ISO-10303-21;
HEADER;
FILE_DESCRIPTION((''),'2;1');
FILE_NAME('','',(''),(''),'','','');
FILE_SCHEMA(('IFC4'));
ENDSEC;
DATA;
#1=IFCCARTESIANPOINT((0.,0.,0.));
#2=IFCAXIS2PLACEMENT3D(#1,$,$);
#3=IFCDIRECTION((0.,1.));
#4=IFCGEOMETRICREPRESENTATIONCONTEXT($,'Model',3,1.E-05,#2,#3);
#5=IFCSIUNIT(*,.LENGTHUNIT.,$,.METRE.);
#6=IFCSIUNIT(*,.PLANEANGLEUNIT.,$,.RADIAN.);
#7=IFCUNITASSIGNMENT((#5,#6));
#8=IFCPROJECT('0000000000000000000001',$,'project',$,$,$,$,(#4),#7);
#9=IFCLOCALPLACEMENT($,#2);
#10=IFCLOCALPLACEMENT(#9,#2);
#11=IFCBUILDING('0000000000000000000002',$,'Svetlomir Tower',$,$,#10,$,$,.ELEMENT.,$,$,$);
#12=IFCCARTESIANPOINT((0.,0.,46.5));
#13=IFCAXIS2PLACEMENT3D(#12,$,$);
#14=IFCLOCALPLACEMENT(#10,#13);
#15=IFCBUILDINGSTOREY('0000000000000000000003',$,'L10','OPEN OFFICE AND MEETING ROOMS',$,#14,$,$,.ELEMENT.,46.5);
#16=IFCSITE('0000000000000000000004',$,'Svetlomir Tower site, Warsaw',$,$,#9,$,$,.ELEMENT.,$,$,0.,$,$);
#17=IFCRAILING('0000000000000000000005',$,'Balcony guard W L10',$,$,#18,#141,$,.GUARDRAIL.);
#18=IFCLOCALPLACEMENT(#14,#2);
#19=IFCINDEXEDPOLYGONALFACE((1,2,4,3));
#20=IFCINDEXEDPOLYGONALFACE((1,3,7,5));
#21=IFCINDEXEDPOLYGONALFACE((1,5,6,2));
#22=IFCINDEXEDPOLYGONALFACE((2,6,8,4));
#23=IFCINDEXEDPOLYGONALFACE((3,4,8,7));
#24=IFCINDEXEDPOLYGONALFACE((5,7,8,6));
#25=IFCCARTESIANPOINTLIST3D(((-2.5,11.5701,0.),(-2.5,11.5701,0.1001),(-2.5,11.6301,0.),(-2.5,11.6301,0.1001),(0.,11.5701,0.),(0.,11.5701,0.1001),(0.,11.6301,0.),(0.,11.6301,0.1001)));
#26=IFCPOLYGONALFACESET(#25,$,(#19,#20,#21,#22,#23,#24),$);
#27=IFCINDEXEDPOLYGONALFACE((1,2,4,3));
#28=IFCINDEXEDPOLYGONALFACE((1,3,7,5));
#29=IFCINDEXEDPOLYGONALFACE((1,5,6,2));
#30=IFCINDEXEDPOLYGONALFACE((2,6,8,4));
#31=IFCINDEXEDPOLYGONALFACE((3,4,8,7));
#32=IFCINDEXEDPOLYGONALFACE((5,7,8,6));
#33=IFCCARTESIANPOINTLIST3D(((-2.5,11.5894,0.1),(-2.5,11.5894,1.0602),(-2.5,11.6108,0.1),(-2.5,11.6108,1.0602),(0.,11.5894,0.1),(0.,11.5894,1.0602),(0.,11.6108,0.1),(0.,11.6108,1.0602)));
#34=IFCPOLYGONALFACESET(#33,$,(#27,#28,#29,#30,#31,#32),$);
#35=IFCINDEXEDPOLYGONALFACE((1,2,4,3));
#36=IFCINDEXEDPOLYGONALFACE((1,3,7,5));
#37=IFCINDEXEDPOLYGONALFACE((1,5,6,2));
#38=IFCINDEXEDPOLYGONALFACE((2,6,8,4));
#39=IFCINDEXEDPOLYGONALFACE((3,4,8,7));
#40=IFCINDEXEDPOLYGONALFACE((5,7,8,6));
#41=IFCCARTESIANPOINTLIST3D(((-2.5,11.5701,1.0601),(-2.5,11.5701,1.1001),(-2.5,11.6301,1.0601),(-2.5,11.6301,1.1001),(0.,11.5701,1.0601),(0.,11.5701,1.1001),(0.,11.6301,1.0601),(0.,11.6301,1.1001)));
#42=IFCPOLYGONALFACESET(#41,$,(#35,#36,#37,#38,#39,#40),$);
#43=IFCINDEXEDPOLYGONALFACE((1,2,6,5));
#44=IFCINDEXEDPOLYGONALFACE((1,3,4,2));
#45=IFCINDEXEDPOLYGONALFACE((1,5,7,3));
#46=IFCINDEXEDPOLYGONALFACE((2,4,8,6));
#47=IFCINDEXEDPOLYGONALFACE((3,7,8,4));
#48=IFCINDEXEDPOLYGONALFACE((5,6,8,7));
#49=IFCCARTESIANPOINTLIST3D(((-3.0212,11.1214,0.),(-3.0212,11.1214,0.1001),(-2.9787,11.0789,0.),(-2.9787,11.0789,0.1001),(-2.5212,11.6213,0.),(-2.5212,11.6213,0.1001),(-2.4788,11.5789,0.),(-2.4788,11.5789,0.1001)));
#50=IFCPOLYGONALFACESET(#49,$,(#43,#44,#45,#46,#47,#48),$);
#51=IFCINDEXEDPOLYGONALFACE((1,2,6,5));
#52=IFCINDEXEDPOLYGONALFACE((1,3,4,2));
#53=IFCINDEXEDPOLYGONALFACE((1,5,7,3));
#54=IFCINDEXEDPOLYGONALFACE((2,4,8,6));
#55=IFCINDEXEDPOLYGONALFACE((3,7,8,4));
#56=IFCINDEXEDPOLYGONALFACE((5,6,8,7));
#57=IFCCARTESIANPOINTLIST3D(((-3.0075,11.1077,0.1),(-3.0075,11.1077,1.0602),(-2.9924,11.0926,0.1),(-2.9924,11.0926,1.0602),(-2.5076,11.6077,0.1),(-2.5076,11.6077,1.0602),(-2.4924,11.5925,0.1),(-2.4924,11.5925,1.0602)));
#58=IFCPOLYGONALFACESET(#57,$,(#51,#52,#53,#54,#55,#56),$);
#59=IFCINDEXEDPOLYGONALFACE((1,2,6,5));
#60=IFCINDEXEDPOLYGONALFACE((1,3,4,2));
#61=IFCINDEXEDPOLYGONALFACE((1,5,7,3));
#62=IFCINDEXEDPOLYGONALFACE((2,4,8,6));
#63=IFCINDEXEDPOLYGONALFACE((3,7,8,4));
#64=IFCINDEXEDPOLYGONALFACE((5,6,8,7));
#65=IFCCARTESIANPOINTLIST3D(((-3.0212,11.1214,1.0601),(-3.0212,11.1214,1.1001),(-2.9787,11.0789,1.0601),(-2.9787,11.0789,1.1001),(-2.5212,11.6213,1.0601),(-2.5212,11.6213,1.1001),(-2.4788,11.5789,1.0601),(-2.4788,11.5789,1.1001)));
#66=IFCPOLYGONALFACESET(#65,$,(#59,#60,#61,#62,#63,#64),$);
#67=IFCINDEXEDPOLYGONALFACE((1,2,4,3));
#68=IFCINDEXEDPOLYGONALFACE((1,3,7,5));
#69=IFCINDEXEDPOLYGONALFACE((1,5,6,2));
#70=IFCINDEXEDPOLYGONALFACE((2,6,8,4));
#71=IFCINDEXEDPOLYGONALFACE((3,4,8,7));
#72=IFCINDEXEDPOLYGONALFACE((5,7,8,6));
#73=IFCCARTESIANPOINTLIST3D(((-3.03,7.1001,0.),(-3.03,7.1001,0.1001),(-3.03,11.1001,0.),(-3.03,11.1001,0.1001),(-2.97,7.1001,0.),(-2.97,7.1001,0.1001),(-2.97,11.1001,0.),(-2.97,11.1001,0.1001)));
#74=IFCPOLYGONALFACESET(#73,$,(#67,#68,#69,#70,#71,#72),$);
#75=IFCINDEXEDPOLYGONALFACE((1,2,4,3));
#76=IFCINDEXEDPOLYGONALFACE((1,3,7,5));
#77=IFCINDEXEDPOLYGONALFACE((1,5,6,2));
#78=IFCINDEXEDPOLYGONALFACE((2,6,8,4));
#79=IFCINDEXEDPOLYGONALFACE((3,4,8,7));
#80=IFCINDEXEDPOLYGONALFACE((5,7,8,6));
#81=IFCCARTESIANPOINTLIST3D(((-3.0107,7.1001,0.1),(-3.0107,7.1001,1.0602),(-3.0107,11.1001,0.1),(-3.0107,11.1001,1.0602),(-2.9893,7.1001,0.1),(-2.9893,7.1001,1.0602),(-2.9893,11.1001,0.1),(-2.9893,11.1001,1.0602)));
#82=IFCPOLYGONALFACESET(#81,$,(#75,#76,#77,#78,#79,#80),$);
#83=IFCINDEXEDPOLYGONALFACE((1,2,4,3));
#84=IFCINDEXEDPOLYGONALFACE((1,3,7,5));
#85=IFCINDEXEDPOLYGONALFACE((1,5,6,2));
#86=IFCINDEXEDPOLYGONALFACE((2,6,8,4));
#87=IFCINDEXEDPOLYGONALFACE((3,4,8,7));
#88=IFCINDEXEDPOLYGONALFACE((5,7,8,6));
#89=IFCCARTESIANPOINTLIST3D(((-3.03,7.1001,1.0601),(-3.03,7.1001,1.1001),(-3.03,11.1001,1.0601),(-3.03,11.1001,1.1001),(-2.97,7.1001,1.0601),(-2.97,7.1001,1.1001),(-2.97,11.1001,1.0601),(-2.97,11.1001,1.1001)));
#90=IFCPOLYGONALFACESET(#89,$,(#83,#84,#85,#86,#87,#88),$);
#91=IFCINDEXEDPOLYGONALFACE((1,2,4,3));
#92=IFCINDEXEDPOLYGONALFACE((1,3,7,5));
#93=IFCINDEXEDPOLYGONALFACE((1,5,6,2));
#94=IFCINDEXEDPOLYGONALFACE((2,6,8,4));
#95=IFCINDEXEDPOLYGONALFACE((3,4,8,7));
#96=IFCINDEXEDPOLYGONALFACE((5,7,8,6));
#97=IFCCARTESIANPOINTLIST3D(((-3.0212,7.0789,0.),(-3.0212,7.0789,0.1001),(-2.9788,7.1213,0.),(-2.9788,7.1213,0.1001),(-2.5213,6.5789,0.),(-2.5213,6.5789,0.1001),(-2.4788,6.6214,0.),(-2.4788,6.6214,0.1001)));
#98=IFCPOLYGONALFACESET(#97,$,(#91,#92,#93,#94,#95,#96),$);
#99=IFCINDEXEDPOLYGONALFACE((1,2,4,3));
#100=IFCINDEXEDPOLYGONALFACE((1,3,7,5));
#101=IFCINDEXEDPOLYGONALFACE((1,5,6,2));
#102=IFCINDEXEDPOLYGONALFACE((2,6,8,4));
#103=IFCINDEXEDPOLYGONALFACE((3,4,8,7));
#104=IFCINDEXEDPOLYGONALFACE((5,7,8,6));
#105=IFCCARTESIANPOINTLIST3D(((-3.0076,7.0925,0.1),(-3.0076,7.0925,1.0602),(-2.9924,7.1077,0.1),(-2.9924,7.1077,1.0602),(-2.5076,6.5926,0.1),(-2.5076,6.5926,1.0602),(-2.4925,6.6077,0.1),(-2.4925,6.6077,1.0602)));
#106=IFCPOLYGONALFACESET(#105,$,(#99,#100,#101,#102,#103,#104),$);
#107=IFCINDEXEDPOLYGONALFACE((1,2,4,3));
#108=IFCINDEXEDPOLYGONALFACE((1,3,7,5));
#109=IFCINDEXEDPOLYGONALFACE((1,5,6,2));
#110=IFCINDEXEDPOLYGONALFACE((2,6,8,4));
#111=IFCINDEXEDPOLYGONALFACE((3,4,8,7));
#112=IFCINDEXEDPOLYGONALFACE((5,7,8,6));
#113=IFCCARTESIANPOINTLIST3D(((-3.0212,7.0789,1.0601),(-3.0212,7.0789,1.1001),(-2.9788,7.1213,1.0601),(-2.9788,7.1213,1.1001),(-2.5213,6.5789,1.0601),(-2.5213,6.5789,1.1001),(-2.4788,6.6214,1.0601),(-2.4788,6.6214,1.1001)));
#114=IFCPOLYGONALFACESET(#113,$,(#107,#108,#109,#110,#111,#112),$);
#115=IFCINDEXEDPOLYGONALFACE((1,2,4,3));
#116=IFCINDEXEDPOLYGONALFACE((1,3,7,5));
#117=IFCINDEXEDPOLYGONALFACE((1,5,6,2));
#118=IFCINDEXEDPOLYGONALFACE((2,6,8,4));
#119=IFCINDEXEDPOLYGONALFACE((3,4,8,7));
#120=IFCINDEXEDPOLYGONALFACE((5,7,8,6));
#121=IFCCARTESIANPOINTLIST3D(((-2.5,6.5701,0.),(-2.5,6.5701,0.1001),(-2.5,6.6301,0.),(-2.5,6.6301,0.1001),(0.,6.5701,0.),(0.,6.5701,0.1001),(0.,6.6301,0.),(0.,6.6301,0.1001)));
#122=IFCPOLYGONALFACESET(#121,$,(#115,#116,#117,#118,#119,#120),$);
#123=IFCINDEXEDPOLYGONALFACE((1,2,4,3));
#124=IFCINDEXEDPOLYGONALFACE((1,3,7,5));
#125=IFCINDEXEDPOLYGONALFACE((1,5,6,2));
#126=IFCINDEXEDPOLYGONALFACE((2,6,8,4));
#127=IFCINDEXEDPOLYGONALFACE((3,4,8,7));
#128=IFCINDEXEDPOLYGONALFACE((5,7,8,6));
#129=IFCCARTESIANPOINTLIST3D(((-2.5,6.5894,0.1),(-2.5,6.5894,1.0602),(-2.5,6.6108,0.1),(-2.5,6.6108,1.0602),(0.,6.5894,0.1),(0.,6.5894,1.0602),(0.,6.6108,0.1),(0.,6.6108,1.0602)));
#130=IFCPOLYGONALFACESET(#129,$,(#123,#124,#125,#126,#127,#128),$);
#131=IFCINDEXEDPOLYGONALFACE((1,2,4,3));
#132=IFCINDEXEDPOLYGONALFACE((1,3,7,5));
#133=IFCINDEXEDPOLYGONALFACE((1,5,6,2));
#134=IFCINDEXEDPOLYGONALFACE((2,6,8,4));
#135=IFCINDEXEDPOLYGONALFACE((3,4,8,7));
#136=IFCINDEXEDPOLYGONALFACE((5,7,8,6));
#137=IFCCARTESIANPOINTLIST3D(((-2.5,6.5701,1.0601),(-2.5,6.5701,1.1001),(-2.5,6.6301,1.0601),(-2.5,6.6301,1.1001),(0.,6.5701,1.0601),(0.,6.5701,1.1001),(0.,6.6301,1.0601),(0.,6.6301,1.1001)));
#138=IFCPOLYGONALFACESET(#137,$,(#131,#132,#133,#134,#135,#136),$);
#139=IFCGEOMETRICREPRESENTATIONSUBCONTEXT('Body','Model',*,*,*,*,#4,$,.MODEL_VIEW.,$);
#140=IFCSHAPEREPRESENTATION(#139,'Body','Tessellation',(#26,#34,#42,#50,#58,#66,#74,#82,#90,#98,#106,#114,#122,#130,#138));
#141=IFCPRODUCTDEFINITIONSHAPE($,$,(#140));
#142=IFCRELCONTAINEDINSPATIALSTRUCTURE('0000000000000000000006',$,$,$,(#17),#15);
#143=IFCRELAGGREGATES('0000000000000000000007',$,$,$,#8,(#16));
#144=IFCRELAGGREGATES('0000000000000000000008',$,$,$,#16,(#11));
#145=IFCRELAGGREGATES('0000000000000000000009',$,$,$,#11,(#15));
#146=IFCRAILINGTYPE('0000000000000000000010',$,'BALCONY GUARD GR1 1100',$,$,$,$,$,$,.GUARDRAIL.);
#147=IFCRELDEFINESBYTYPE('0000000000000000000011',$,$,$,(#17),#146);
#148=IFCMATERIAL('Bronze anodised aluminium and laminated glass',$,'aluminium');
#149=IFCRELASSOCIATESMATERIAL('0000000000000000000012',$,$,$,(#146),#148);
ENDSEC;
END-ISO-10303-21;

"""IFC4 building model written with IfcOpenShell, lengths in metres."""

from ifc_helpers import new_model, si_unit, direction, frame, origin, origin_2d, place, context, subcontext, project, spatial, rectangle, extrude, material, type_object, element, save


model = new_model("IFC4")

# Units and contexts
model_context = context("Model", 3, precision=1e-05, world=origin(), true_north=direction((0.0, 1.0)))
body_context = subcontext(model_context, "Body", "Model", "MODEL_VIEW")
ifc_project = project(units=[si_unit("LENGTHUNIT", "METRE"), si_unit("PLANEANGLEUNIT", "RADIAN")], contexts=[model_context])

# Site, building, storey
site_placement = place(None, origin())
site = spatial("IfcSite", under=ifc_project, at=site_placement, Name="Svetlomir Tower site, Warsaw", CompositionType="ELEMENT", RefElevation=0.0)
building_placement = place(site_placement, origin())
building = spatial("IfcBuilding", under=site, at=building_placement, Name="Svetlomir Tower", CompositionType="ELEMENT")
storey_placement = place(building_placement, frame((0.0, 0.0, 46.5)))
storey = spatial("IfcBuildingStorey", under=building, at=storey_placement, Name="L10", Description="OPEN OFFICE AND MEETING ROOMS", CompositionType="ELEMENT", Elevation=46.5)

# Railing
ifc_material_1 = material(Name="Bronze anodised aluminium and laminated glass", Category="aluminium")
railing_type_1 = type_object("IfcRailingType", Name="BALCONY GUARD GR1 1100", PredefinedType="GUARDRAIL", material=ifc_material_1)
railing_1_placement = place(storey_placement, frame((0.0, 11.6001, 0.0)))
element("IfcRailing", 1, at=railing_1_placement, inside=storey, type_object=railing_type_1, Name="Balcony guard W L10", PredefinedType="GUARDRAIL", context=body_context, shape_type="SweptSolid", body=[
    extrude(rectangle(XDim=0.0601, YDim=0.1001, at=origin_2d()), frame((0.0, 0.0, 0.05), z_axis=(-1.0, 0.0, 0.0), x_axis=(0.0, -1.0, 0.0)), (0.0, 0.0, 1.0), 2.5),
    extrude(rectangle(XDim=0.0215, YDim=0.9602, at=origin_2d()), frame((0.0, 0.0, 0.5801), z_axis=(-1.0, 0.0, 0.0), x_axis=(0.0, -1.0, 0.0)), (0.0, 0.0, 1.0), 2.5),
    extrude(rectangle(XDim=0.0601, YDim=0.04, at=origin_2d()), frame((0.0, 0.0, 1.0801), z_axis=(-1.0, 0.0, 0.0), x_axis=(0.0, -1.0, 0.0)), (0.0, 0.0, 1.0), 2.5),
    extrude(rectangle(XDim=0.0601, YDim=0.1001, at=origin_2d()), frame((-2.5, 0.0, 0.05), z_axis=(-0.707107, -0.707107, 0.0), x_axis=(0.707107, -0.707107, 0.0)), (0.0, 0.0, 1.0), 0.707),
    extrude(rectangle(XDim=0.0215, YDim=0.9602, at=origin_2d()), frame((-2.5, 0.0, 0.5801), z_axis=(-0.707107, -0.707107, 0.0), x_axis=(0.707107, -0.707107, 0.0)), (0.0, 0.0, 1.0), 0.707),
    extrude(rectangle(XDim=0.0601, YDim=0.04, at=origin_2d()), frame((-2.5, 0.0, 1.0801), z_axis=(-0.707107, -0.707107, 0.0), x_axis=(0.707107, -0.707107, 0.0)), (0.0, 0.0, 1.0), 0.707),
    extrude(rectangle(XDim=0.0601, YDim=0.1001, at=origin_2d()), frame((-3.0, -0.5, 0.05), z_axis=(0.0, -1.0, 0.0), x_axis=(1.0, 0.0, 0.0)), (0.0, 0.0, 1.0), 4.0),
    extrude(rectangle(XDim=0.0215, YDim=0.9602, at=origin_2d()), frame((-3.0, -0.5, 0.5801), z_axis=(0.0, -1.0, 0.0), x_axis=(1.0, 0.0, 0.0)), (0.0, 0.0, 1.0), 4.0),
    extrude(rectangle(XDim=0.0601, YDim=0.04, at=origin_2d()), frame((-3.0, -0.5, 1.0801), z_axis=(0.0, -1.0, 0.0), x_axis=(1.0, 0.0, 0.0)), (0.0, 0.0, 1.0), 4.0),
    extrude(rectangle(XDim=0.0601, YDim=0.1001, at=origin_2d()), frame((-3.0, -4.5, 0.05), z_axis=(0.707107, -0.707107, 0.0), x_axis=(0.707107, 0.707107, 0.0)), (0.0, 0.0, 1.0), 0.707),
    extrude(rectangle(XDim=0.0215, YDim=0.9602, at=origin_2d()), frame((-3.0, -4.5, 0.5801), z_axis=(0.707107, -0.707107, 0.0), x_axis=(0.707107, 0.707107, 0.0)), (0.0, 0.0, 1.0), 0.707),
    extrude(rectangle(XDim=0.0601, YDim=0.04, at=origin_2d()), frame((-3.0, -4.5, 1.0801), z_axis=(0.707107, -0.707107, 0.0), x_axis=(0.707107, 0.707107, 0.0)), (0.0, 0.0, 1.0), 0.707),
    extrude(rectangle(XDim=0.0601, YDim=0.1001, at=origin_2d()), frame((-2.5, -5.0, 0.05), z_axis=(1.0, 0.0, 0.0), x_axis=(0.0, 1.0, 0.0)), (0.0, 0.0, 1.0), 2.5),
    extrude(rectangle(XDim=0.0215, YDim=0.9602, at=origin_2d()), frame((-2.5, -5.0, 0.5801), z_axis=(1.0, 0.0, 0.0), x_axis=(0.0, 1.0, 0.0)), (0.0, 0.0, 1.0), 2.5),
    extrude(rectangle(XDim=0.0601, YDim=0.04, at=origin_2d()), frame((-2.5, -5.0, 1.0801), z_axis=(1.0, 0.0, 0.0), x_axis=(0.0, 1.0, 0.0)), (0.0, 0.0, 1.0), 2.5),
])

save(model, "model.ifc")
